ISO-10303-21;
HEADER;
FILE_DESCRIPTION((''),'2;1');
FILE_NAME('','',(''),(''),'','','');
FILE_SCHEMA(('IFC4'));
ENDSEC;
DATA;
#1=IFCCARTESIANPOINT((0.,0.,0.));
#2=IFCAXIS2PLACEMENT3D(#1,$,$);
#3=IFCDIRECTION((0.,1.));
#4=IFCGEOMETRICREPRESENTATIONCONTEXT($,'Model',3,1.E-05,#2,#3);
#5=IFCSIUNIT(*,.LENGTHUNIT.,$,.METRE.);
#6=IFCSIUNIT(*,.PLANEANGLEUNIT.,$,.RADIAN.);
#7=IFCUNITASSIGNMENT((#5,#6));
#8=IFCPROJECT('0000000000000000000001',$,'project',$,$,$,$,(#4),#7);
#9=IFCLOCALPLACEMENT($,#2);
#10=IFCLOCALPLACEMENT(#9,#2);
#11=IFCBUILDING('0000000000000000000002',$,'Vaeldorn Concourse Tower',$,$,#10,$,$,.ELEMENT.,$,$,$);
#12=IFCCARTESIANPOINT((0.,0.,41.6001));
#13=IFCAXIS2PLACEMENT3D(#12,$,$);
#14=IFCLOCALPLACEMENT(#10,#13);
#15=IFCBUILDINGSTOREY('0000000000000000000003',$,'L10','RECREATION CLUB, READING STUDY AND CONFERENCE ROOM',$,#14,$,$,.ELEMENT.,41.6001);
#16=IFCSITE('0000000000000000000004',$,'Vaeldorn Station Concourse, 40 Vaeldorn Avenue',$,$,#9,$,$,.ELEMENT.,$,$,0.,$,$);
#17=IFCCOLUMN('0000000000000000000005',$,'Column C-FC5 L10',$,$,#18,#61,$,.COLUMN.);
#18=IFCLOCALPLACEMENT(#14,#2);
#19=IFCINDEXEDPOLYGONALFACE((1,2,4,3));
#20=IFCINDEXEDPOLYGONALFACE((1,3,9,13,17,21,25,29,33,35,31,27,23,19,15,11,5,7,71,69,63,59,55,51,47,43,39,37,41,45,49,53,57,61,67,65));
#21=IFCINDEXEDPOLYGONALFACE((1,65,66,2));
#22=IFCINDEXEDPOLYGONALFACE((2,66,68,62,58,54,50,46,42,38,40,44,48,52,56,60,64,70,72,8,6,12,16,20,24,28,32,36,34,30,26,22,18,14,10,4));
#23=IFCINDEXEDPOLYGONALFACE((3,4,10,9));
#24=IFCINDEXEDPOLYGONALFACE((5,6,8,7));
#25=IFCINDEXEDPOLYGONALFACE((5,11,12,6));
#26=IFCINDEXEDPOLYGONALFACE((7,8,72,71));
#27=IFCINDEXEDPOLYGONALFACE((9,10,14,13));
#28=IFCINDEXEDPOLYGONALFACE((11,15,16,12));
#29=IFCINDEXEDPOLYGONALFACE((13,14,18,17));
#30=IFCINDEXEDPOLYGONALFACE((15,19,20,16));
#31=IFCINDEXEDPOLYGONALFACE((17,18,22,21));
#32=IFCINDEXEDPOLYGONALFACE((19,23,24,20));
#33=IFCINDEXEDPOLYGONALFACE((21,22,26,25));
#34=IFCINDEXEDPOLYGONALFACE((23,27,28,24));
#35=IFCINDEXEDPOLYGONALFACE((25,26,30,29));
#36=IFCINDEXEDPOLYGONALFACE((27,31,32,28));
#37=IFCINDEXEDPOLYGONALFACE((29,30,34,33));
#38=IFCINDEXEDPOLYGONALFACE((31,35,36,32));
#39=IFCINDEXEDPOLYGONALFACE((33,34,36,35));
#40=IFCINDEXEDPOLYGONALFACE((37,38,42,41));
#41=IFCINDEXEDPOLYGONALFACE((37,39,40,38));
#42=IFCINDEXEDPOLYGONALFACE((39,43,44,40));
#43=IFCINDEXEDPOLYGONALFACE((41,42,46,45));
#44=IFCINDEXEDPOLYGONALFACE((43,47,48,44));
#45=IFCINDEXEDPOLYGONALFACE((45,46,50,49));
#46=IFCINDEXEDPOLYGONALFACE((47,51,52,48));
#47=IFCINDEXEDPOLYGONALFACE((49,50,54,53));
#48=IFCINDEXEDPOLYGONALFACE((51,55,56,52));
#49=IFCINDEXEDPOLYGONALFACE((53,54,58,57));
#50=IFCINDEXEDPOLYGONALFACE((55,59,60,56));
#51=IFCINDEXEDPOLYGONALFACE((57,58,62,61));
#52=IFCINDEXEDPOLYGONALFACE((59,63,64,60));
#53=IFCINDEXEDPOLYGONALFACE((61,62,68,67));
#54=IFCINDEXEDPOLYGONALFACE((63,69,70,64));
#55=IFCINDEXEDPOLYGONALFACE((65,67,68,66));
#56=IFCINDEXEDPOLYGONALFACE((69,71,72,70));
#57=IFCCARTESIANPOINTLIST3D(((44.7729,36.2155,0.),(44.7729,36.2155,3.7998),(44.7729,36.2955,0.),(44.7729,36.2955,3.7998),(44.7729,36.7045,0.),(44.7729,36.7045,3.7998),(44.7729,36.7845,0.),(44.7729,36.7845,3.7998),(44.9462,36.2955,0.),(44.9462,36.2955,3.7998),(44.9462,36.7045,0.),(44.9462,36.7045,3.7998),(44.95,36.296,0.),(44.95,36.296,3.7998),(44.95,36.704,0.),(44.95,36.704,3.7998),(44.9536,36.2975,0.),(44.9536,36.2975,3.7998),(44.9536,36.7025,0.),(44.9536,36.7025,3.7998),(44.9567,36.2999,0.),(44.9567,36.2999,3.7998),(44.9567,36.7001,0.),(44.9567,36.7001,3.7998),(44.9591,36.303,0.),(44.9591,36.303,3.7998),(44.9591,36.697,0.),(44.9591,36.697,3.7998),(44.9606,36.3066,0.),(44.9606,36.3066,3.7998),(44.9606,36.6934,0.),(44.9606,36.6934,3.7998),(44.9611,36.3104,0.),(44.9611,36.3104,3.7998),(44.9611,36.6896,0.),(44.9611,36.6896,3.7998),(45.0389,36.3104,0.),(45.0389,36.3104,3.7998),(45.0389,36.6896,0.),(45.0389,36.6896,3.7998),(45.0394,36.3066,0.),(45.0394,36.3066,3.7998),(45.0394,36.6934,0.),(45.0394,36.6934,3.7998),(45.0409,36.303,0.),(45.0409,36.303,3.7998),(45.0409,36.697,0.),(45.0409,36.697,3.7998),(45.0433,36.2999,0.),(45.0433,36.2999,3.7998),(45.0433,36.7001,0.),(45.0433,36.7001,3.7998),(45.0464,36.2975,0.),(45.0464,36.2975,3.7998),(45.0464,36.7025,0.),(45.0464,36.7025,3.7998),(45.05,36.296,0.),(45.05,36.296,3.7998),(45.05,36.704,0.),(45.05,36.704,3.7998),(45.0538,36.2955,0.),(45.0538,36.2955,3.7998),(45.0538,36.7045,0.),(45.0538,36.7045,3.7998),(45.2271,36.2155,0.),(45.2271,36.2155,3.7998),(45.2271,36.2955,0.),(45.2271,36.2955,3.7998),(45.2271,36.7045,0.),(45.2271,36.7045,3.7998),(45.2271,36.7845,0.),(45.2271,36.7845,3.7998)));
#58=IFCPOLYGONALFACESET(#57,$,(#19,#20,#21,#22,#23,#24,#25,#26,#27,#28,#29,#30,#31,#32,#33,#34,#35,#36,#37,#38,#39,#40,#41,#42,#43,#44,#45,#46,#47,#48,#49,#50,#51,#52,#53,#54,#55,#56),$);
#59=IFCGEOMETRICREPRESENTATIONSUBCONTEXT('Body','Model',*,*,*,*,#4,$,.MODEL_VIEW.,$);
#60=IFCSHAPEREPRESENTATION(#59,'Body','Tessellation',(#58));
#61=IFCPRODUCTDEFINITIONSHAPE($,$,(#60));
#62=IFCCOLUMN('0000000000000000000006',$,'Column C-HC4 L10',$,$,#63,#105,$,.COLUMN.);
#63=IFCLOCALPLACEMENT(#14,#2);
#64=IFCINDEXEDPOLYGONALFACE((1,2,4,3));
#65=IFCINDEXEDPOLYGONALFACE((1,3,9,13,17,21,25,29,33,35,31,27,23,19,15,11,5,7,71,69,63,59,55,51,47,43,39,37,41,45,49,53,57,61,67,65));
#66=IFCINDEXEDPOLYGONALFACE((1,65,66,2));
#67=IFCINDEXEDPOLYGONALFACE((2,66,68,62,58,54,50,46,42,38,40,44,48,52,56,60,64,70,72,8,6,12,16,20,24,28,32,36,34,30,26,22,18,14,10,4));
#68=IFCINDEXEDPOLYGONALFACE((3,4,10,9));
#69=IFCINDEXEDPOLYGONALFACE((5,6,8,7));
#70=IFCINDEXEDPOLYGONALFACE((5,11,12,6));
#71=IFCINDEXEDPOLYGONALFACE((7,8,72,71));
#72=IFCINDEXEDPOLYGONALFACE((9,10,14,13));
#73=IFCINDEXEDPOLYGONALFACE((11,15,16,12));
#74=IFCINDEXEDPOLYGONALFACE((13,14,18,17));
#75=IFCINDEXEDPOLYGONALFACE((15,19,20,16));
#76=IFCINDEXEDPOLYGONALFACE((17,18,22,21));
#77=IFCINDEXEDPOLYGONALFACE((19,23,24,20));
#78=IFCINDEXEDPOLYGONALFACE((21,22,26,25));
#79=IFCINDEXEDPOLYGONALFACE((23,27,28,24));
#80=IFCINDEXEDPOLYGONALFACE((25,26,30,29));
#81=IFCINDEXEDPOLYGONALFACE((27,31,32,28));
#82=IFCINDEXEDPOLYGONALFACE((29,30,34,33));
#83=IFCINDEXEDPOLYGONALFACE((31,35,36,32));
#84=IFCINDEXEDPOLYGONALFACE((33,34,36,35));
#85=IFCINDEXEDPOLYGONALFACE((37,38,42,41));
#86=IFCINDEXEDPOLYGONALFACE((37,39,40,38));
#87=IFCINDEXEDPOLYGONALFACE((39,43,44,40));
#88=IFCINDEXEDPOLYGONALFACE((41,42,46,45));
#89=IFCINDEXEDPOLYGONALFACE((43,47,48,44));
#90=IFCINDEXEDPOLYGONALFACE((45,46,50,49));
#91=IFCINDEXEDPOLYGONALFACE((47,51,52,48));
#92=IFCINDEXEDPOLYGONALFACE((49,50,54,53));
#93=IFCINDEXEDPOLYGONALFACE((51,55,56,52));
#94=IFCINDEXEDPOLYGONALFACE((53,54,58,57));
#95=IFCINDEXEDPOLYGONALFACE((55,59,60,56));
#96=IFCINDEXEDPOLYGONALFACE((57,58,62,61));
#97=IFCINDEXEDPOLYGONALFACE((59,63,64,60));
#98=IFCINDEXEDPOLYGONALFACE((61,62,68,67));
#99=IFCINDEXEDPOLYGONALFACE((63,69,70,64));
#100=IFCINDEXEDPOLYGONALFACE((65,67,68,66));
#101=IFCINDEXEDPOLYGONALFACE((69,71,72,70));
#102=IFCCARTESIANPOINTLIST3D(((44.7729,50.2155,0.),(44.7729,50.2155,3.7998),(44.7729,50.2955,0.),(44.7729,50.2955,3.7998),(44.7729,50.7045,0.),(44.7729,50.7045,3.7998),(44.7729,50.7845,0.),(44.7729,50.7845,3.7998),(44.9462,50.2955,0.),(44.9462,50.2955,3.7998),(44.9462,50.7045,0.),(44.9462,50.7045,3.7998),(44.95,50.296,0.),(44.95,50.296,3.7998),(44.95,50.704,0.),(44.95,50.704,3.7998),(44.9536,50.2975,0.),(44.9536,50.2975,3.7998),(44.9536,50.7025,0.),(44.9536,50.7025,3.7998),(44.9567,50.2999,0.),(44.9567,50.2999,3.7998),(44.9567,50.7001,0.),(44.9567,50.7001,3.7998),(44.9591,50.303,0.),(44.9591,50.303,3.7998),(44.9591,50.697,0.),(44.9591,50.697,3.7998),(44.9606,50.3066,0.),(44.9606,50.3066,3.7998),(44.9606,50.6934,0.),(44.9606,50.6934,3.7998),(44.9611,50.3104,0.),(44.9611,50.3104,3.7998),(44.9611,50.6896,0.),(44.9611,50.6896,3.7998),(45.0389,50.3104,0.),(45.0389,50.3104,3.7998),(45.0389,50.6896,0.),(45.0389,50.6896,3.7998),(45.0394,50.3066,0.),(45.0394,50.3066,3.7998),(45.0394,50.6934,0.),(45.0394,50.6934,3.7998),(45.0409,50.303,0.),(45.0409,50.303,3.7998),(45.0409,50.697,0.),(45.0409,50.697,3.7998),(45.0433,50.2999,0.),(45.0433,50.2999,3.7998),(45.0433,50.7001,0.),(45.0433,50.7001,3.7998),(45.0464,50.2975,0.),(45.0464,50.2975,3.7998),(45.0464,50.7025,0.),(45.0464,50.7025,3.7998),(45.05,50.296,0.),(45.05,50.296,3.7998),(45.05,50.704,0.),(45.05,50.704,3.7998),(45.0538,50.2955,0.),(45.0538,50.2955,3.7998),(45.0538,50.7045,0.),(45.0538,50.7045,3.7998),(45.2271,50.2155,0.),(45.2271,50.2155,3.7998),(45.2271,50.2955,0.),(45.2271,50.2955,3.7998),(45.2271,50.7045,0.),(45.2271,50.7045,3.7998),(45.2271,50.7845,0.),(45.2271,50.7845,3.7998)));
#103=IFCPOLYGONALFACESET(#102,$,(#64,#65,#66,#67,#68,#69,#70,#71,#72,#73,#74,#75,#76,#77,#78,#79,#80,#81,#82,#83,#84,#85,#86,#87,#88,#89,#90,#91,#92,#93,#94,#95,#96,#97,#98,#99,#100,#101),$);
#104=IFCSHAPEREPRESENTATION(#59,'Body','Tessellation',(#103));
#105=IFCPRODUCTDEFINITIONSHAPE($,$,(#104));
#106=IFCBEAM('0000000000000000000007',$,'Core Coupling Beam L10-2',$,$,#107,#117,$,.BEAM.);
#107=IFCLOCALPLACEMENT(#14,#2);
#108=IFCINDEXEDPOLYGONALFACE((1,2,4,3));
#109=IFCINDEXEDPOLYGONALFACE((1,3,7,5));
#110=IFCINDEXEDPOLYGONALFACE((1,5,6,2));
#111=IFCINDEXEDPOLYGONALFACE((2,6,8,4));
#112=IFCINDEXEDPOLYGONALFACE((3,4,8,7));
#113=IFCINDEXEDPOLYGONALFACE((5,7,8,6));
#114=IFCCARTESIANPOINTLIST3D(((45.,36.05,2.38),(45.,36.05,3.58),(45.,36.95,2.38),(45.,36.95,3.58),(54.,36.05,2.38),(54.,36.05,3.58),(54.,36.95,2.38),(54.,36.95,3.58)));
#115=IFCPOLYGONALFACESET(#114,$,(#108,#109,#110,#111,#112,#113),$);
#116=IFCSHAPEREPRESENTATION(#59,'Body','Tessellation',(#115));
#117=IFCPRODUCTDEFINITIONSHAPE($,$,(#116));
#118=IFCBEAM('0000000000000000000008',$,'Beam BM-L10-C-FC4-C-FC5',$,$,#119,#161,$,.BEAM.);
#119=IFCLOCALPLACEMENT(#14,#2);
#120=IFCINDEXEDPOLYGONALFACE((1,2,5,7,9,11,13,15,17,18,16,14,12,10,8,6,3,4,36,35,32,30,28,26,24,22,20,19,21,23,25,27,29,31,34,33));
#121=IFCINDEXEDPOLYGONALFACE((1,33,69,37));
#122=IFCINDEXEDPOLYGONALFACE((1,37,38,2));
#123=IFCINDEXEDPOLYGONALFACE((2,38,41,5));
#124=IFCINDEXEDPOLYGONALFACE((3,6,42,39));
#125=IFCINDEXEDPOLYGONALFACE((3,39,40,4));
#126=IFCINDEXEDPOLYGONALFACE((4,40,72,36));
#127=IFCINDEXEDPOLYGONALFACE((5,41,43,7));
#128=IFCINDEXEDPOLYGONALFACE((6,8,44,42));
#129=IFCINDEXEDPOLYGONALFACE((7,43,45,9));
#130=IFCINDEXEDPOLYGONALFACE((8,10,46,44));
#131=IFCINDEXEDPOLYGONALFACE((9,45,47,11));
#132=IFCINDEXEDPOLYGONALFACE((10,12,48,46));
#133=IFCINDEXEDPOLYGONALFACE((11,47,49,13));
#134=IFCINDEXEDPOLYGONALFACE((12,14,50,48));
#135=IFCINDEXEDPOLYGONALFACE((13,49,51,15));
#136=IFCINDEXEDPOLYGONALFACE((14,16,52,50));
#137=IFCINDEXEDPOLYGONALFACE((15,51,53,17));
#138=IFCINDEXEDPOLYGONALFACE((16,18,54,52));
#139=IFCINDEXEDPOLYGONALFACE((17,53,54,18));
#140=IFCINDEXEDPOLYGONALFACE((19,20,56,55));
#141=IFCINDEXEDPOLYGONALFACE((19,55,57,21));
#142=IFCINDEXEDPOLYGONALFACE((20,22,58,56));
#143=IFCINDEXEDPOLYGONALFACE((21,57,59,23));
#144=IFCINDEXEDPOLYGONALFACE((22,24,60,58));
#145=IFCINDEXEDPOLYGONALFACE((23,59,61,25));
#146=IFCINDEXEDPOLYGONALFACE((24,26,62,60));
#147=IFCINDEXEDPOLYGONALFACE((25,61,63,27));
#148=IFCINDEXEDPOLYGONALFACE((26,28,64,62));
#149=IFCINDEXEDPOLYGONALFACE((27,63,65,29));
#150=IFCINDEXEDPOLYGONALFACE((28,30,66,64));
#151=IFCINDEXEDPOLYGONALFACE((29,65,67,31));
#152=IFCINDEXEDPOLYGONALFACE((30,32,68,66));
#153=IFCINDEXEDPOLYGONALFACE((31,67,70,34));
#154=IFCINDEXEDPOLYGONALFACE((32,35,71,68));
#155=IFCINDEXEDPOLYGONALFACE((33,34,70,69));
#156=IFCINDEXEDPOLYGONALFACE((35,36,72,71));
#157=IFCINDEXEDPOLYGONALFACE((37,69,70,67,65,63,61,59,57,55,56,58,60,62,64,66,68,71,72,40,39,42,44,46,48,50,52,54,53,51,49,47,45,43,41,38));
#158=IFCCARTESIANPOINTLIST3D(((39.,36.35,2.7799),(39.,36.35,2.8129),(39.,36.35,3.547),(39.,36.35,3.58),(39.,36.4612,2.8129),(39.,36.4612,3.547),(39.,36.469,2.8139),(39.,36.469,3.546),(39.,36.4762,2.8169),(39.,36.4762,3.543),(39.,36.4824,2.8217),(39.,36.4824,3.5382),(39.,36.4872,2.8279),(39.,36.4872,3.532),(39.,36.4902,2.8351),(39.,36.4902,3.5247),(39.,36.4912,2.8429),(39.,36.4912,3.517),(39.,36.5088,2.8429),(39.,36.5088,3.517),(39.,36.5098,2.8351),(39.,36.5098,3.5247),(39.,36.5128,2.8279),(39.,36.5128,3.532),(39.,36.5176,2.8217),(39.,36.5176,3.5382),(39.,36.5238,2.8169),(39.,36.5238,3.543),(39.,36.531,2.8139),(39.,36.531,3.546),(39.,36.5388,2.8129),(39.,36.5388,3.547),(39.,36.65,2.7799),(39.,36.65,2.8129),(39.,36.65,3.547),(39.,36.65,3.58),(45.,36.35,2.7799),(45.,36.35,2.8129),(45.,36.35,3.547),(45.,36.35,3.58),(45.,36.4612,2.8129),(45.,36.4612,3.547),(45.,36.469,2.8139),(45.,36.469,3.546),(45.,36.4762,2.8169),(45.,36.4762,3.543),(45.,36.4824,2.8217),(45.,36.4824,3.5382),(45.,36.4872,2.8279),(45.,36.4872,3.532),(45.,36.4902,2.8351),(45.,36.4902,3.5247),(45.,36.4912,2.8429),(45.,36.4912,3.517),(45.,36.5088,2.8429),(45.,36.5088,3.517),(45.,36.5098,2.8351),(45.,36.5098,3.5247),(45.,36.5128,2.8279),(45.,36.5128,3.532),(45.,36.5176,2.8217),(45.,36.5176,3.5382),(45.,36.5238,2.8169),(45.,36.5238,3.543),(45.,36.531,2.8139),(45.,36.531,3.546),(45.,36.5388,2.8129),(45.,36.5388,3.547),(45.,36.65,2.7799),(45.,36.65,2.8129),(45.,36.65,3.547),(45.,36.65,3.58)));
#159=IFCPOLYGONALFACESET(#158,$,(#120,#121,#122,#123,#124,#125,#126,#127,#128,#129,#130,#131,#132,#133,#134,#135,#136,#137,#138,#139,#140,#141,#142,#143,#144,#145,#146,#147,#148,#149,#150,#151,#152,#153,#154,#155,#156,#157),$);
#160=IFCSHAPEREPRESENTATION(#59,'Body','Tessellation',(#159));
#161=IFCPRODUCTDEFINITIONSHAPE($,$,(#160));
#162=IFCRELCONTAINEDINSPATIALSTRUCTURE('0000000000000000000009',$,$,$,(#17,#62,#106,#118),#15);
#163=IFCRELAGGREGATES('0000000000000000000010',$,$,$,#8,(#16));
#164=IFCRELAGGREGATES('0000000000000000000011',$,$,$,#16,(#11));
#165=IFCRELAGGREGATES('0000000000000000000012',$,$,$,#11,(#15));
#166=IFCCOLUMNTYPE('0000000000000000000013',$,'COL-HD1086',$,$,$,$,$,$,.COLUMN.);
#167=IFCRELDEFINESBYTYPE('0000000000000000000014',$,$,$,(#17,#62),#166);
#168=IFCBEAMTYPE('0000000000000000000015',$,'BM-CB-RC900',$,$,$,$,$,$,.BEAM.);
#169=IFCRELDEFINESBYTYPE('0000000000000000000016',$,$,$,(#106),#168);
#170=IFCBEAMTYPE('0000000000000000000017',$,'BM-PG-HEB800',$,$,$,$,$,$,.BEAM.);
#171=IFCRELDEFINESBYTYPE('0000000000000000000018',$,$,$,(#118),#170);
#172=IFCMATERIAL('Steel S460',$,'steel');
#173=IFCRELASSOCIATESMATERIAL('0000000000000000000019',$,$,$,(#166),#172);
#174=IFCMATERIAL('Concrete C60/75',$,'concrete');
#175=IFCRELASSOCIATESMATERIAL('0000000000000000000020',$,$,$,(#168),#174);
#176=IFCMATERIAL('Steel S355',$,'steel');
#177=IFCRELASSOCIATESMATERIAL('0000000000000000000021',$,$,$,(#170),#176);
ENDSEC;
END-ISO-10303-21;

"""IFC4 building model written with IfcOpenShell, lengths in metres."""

from ifc_helpers import new_model, si_unit, direction, frame, origin, origin_2d, place, context, subcontext, project, spatial, rectangle, i_section, extrude, source, transform, mapped, material, material_profile, profile_set, type_object, element, save


model = new_model("IFC4")

# Units and contexts
model_context = context("Model", 3, precision=1e-05, world=origin(), true_north=direction((0.0, 1.0)))
body_context = subcontext(model_context, "Body", "Model", "MODEL_VIEW")
ifc_project = project(units=[si_unit("LENGTHUNIT", "METRE"), si_unit("PLANEANGLEUNIT", "RADIAN")], contexts=[model_context])

# Site, building, storey
site_placement = place(None, origin())
site = spatial("IfcSite", under=ifc_project, at=site_placement, Name="Vaeldorn Station Concourse, 40 Vaeldorn Avenue", CompositionType="ELEMENT", RefElevation=0.0)
building_placement = place(site_placement, origin())
building = spatial("IfcBuilding", under=site, at=building_placement, Name="Vaeldorn Concourse Tower", CompositionType="ELEMENT")
storey_placement = place(building_placement, frame((0.0, 0.0, 41.6001)))
storey = spatial("IfcBuildingStorey", under=building, at=storey_placement, Name="L10", Description="RECREATION CLUB, READING STUDY AND CONFERENCE ROOM", CompositionType="ELEMENT", Elevation=41.6001)

# Columns
ifc_material_1 = material(Name="Steel S460", Category="steel")
ifc_material_profile_1 = material_profile(ifc_material_1, i_section(OverallWidth=0.4541, OverallDepth=0.5691, WebThickness=0.0779, FlangeThickness=0.0801, FilletRadius=0.0149, at=origin_2d()), Name="HD 400x1086")
ifc_profile_set_1 = profile_set([ifc_material_profile_1], Name="Steel S460")
column_type = type_object("IfcColumnType", Name="COL-HD1086", PredefinedType="COLUMN", material=ifc_profile_set_1)
shared_shape_1 = source(origin(), body_context, "Body", "SweptSolid", [
    extrude(i_section(OverallWidth=0.4541, OverallDepth=0.5691, WebThickness=0.0779, FlangeThickness=0.0801, FilletRadius=0.0149, at=origin_2d()), origin(), (0.0, 0.0, 1.0), 3.7998),
])
for number, where, z_axis, x_axis, name in (
    (1, (45.0, 36.5, 0.0), (0.0, 0.0, 1.0), (1.0, 0.0, 0.0), "Column C-FC5 L10"),
    (2, (45.0, 50.5, 0.0), (0.0, 0.0, 1.0), (1.0, 0.0, 0.0), "Column C-HC4 L10"),
):
    element("IfcColumn", number, at=place(storey_placement, frame(where, z_axis=z_axis, x_axis=x_axis)), inside=storey, type_object=column_type, Name=name, PredefinedType="COLUMN", context=body_context, shape_type="MappedRepresentation", body=[
        mapped(shared_shape_1, transform((0.0, 0.0, 0.0), scale=1.0)),
    ])

# Beams
ifc_material_2 = material(Name="Concrete C60/75", Category="concrete")
ifc_material_profile_2 = material_profile(ifc_material_2, rectangle(XDim=0.8999, YDim=1.2, at=origin_2d()), Name="RC 900x1200")
ifc_profile_set_2 = profile_set([ifc_material_profile_2], Name="Concrete C60/75")
beam_type_1 = type_object("IfcBeamType", Name="BM-CB-RC900", PredefinedType="BEAM", material=ifc_profile_set_2)
shared_shape_2 = source(origin(), body_context, "Body", "SweptSolid", [
    extrude(rectangle(XDim=0.8999, YDim=1.2, at=origin_2d()), origin(), (0.0, 0.0, 1.0), 9.0),
])
beam_1_placement = place(storey_placement, frame((45.0, 36.5, 2.98), z_axis=(1.0, 0.0, 0.0), x_axis=(0.0, 1.0, 0.0)))
element("IfcBeam", 3, at=beam_1_placement, inside=storey, type_object=beam_type_1, Name="Core Coupling Beam L10-2", PredefinedType="BEAM", context=body_context, shape_type="MappedRepresentation", body=[
    mapped(shared_shape_2, transform((0.0, 0.0, 0.0), scale=1.0)),
])
ifc_material_3 = material(Name="Steel S355", Category="steel")
ifc_material_profile_3 = material_profile(ifc_material_3, i_section(OverallWidth=0.3, OverallDepth=0.8, WebThickness=0.0176, FlangeThickness=0.033, FilletRadius=0.03, at=origin_2d()), Name="HEB 800")
ifc_profile_set_3 = profile_set([ifc_material_profile_3], Name="Steel S355")
beam_type_2 = type_object("IfcBeamType", Name="BM-PG-HEB800", PredefinedType="BEAM", material=ifc_profile_set_3)
shared_shape_3 = source(origin(), body_context, "Body", "SweptSolid", [
    extrude(i_section(OverallWidth=0.3, OverallDepth=0.8, WebThickness=0.0176, FlangeThickness=0.033, FilletRadius=0.03, at=origin_2d()), origin(), (0.0, 0.0, 1.0), 6.0),
])
beam_2_placement = place(storey_placement, frame((39.0, 36.5, 3.1799), z_axis=(1.0, 0.0, 0.0), x_axis=(0.0, 1.0, 0.0)))
element("IfcBeam", 4, at=beam_2_placement, inside=storey, type_object=beam_type_2, Name="Beam BM-L10-C-FC4-C-FC5", PredefinedType="BEAM", context=body_context, shape_type="MappedRepresentation", body=[
    mapped(shared_shape_3, transform((0.0, 0.0, 0.0), scale=1.0)),
])

save(model, "model.ifc")
